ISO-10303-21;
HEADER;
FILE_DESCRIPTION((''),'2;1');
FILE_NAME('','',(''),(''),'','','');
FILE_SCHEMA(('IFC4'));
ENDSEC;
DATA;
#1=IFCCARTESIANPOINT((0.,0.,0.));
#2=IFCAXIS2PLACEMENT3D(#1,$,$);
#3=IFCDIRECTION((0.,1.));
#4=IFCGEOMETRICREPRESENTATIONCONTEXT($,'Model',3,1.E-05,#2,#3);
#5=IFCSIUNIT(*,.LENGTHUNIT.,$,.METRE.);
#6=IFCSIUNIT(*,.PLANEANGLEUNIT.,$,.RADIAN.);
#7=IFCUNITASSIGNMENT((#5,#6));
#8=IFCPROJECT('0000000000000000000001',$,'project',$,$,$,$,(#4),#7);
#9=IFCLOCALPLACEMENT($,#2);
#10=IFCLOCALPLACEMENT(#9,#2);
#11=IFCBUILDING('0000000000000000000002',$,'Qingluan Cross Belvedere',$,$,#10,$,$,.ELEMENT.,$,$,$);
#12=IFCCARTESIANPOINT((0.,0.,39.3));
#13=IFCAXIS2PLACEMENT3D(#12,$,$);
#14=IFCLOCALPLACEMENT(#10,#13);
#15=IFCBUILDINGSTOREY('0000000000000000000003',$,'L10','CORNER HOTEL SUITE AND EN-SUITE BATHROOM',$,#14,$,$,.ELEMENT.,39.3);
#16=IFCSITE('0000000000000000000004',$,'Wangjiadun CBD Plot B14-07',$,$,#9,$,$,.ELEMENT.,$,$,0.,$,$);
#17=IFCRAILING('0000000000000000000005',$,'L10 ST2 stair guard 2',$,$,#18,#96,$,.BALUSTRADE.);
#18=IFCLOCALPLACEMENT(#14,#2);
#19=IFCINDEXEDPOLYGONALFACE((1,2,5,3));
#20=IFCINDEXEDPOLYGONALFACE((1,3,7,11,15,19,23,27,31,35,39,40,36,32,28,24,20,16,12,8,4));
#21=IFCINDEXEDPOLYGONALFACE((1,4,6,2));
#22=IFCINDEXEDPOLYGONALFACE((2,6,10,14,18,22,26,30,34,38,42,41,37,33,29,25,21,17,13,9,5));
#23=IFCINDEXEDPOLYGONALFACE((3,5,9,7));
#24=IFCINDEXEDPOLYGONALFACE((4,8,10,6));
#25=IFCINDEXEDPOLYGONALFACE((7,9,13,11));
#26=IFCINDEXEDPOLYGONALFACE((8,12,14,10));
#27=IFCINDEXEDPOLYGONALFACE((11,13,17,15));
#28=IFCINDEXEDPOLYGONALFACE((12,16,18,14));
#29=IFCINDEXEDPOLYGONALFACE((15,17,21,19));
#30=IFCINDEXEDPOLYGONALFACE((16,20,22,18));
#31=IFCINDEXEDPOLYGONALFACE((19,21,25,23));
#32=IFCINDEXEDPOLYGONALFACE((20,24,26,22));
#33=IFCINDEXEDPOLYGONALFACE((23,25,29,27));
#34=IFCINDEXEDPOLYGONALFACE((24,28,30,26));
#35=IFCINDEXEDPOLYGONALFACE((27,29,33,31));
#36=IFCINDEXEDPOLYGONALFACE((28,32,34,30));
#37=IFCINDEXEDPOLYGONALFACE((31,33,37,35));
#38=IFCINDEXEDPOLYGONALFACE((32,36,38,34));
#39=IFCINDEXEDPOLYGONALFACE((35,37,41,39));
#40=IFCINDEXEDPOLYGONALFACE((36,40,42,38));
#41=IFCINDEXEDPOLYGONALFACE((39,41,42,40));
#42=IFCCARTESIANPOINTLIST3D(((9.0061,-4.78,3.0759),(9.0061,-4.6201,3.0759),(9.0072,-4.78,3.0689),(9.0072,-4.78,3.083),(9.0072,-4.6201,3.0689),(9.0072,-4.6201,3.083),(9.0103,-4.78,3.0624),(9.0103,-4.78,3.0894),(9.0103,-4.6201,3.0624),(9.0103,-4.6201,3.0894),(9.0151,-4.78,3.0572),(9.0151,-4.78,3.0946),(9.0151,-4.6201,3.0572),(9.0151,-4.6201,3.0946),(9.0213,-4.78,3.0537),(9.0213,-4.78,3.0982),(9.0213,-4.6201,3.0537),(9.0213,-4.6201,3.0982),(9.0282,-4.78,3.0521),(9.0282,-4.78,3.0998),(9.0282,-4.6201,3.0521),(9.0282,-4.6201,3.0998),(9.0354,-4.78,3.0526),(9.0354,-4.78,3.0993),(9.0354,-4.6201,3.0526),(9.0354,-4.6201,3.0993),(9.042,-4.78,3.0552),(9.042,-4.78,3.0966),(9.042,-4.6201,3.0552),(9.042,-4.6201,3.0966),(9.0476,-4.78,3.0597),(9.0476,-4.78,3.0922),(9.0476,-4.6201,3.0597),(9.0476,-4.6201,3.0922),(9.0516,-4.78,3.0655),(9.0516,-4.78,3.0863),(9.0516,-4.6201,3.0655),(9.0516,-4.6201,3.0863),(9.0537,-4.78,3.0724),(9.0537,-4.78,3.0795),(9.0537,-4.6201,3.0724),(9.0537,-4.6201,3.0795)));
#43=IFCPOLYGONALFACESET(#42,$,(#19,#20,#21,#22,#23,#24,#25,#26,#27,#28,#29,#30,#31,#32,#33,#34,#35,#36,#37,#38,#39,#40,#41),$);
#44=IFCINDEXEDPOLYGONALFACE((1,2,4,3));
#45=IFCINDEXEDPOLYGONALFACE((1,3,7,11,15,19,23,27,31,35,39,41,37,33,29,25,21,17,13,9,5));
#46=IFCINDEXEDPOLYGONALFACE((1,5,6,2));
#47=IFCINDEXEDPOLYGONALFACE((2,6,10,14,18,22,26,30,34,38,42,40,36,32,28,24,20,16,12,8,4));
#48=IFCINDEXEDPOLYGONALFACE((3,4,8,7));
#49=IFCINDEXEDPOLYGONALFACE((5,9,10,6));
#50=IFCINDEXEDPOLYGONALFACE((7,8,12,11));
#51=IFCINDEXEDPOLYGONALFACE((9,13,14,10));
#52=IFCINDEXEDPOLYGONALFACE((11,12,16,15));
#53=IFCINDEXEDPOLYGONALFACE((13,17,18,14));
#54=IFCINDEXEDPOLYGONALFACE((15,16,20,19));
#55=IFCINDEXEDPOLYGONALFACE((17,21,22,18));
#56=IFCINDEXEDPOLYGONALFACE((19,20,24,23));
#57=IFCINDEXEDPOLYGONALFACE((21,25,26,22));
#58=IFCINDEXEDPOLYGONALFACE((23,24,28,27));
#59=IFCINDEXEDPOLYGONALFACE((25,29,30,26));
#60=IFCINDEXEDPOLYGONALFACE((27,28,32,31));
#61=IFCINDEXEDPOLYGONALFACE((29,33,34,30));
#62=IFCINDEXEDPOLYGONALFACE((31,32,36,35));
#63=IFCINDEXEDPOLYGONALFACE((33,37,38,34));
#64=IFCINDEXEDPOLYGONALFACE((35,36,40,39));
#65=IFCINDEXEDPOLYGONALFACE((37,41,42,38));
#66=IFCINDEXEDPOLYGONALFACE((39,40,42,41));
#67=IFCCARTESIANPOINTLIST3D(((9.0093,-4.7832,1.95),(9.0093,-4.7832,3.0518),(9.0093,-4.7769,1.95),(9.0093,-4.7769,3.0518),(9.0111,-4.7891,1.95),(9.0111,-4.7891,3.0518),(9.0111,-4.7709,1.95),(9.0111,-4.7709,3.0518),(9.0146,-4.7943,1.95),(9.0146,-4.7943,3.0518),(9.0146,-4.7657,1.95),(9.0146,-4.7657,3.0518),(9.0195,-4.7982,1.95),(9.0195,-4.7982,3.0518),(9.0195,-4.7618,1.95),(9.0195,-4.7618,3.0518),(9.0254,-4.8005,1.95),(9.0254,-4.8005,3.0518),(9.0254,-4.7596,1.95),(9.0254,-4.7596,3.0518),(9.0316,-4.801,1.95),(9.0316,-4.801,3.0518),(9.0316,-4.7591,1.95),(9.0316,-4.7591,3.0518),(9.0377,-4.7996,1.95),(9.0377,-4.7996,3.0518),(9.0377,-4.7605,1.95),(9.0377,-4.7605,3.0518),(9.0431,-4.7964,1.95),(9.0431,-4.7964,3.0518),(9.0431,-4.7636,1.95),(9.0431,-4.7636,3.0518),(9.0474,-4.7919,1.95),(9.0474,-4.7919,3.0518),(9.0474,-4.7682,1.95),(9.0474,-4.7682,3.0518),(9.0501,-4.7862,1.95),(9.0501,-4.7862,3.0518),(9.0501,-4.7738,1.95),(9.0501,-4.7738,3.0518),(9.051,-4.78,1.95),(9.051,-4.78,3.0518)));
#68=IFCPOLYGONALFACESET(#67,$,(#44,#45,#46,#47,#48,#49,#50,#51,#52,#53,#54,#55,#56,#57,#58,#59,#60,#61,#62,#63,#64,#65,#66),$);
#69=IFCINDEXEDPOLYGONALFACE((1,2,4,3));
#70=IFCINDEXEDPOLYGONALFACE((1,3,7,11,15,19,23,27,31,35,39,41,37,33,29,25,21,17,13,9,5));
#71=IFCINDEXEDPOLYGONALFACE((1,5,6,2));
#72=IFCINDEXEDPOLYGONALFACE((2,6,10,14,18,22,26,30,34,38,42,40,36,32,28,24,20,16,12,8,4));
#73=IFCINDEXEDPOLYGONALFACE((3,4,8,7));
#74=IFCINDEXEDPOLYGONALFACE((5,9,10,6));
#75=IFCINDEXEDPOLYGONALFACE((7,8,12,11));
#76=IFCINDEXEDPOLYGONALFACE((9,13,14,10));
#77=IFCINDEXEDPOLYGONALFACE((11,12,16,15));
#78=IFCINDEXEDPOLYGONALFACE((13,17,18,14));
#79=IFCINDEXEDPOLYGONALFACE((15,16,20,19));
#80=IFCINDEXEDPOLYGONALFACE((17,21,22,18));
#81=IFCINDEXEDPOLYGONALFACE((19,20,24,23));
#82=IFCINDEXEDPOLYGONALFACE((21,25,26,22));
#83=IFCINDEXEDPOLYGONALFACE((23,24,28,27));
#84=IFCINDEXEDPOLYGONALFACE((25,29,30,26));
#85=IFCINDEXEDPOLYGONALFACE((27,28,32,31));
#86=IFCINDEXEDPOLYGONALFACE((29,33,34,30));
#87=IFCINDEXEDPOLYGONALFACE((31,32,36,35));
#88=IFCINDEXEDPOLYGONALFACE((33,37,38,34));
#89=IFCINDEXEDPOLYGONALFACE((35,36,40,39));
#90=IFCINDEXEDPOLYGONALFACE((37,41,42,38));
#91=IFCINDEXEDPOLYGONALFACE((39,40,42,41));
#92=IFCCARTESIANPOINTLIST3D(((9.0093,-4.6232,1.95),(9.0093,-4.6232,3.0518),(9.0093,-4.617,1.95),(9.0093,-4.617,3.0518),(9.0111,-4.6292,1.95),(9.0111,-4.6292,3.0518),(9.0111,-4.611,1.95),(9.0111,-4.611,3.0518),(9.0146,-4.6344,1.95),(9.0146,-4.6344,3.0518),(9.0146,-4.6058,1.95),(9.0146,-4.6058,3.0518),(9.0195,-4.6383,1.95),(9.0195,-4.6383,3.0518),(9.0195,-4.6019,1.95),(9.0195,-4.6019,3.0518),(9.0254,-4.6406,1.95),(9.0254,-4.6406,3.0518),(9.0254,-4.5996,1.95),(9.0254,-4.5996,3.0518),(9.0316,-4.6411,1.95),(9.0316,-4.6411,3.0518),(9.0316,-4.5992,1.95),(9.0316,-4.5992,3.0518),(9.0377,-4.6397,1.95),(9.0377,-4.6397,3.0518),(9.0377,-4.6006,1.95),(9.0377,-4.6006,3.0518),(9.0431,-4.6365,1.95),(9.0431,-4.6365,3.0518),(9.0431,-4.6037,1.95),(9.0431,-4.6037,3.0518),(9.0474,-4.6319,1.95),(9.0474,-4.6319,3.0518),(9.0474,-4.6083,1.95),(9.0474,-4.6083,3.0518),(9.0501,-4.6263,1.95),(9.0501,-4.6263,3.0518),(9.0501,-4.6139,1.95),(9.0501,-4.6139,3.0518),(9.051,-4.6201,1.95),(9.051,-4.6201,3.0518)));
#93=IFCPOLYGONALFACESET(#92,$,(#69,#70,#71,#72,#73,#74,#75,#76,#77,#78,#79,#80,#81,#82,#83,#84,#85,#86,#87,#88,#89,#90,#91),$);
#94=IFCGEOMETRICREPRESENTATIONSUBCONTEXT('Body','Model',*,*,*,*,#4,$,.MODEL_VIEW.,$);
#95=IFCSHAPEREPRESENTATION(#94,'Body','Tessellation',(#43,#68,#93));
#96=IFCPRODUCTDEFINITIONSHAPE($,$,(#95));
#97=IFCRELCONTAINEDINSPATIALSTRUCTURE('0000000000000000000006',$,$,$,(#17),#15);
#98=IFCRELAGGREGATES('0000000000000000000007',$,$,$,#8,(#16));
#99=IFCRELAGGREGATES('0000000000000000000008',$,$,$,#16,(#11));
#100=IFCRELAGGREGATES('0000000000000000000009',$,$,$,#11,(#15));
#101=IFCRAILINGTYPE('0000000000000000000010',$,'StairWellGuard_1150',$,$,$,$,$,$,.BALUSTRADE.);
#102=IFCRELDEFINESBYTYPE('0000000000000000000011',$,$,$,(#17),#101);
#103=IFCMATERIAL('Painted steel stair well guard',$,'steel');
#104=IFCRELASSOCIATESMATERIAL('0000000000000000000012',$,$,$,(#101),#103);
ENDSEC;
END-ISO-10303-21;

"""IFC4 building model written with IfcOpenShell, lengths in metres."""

from ifc_helpers import new_model, si_unit, direction, frame, origin, origin_2d, place, context, subcontext, project, spatial, circle, extrude, material, type_object, element, save


model = new_model("IFC4")

# Units and contexts
model_context = context("Model", 3, precision=1e-05, world=origin(), true_north=direction((0.0, 1.0)))
body_context = subcontext(model_context, "Body", "Model", "MODEL_VIEW")
ifc_project = project(units=[si_unit("LENGTHUNIT", "METRE"), si_unit("PLANEANGLEUNIT", "RADIAN")], contexts=[model_context])

# Site, building, storey
site_placement = place(None, origin())
site = spatial("IfcSite", under=ifc_project, at=site_placement, Name="Wangjiadun CBD Plot B14-07", CompositionType="ELEMENT", RefElevation=0.0)
building_placement = place(site_placement, origin())
building = spatial("IfcBuilding", under=site, at=building_placement, Name="Qingluan Cross Belvedere", CompositionType="ELEMENT")
storey_placement = place(building_placement, frame((0.0, 0.0, 39.3)))
storey = spatial("IfcBuildingStorey", under=building, at=storey_placement, Name="L10", Description="CORNER HOTEL SUITE AND EN-SUITE BATHROOM", CompositionType="ELEMENT", Elevation=39.3)

# Railing
ifc_material_1 = material(Name="Painted steel stair well guard", Category="steel")
railing_type_1 = type_object("IfcRailingType", Name="StairWellGuard_1150", PredefinedType="BALUSTRADE", material=ifc_material_1)
railing_1_placement = place(storey_placement, frame((9.03, -4.78, 1.95)))
element("IfcRailing", 1, at=railing_1_placement, inside=storey, type_object=railing_type_1, Name="L10 ST2 stair guard 2", PredefinedType="BALUSTRADE", context=body_context, shape_type="SweptSolid", body=[
    extrude(circle(Radius=0.0239, at=origin_2d()), frame((0.0, 0.0, 1.126), z_axis=(0.0, 1.0, 0.0), x_axis=(-1.0, 0.0, 0.0)), (0.0, 0.0, 1.0), 0.1599),
    extrude(circle(Radius=0.021, at=origin_2d()), origin(), (0.0, 0.0, 1.0), 1.1018),
    extrude(circle(Radius=0.021, at=origin_2d()), frame((0.0, 0.1599, 0.0)), (0.0, 0.0, 1.0), 1.1018),
])

save(model, "model.ifc")
